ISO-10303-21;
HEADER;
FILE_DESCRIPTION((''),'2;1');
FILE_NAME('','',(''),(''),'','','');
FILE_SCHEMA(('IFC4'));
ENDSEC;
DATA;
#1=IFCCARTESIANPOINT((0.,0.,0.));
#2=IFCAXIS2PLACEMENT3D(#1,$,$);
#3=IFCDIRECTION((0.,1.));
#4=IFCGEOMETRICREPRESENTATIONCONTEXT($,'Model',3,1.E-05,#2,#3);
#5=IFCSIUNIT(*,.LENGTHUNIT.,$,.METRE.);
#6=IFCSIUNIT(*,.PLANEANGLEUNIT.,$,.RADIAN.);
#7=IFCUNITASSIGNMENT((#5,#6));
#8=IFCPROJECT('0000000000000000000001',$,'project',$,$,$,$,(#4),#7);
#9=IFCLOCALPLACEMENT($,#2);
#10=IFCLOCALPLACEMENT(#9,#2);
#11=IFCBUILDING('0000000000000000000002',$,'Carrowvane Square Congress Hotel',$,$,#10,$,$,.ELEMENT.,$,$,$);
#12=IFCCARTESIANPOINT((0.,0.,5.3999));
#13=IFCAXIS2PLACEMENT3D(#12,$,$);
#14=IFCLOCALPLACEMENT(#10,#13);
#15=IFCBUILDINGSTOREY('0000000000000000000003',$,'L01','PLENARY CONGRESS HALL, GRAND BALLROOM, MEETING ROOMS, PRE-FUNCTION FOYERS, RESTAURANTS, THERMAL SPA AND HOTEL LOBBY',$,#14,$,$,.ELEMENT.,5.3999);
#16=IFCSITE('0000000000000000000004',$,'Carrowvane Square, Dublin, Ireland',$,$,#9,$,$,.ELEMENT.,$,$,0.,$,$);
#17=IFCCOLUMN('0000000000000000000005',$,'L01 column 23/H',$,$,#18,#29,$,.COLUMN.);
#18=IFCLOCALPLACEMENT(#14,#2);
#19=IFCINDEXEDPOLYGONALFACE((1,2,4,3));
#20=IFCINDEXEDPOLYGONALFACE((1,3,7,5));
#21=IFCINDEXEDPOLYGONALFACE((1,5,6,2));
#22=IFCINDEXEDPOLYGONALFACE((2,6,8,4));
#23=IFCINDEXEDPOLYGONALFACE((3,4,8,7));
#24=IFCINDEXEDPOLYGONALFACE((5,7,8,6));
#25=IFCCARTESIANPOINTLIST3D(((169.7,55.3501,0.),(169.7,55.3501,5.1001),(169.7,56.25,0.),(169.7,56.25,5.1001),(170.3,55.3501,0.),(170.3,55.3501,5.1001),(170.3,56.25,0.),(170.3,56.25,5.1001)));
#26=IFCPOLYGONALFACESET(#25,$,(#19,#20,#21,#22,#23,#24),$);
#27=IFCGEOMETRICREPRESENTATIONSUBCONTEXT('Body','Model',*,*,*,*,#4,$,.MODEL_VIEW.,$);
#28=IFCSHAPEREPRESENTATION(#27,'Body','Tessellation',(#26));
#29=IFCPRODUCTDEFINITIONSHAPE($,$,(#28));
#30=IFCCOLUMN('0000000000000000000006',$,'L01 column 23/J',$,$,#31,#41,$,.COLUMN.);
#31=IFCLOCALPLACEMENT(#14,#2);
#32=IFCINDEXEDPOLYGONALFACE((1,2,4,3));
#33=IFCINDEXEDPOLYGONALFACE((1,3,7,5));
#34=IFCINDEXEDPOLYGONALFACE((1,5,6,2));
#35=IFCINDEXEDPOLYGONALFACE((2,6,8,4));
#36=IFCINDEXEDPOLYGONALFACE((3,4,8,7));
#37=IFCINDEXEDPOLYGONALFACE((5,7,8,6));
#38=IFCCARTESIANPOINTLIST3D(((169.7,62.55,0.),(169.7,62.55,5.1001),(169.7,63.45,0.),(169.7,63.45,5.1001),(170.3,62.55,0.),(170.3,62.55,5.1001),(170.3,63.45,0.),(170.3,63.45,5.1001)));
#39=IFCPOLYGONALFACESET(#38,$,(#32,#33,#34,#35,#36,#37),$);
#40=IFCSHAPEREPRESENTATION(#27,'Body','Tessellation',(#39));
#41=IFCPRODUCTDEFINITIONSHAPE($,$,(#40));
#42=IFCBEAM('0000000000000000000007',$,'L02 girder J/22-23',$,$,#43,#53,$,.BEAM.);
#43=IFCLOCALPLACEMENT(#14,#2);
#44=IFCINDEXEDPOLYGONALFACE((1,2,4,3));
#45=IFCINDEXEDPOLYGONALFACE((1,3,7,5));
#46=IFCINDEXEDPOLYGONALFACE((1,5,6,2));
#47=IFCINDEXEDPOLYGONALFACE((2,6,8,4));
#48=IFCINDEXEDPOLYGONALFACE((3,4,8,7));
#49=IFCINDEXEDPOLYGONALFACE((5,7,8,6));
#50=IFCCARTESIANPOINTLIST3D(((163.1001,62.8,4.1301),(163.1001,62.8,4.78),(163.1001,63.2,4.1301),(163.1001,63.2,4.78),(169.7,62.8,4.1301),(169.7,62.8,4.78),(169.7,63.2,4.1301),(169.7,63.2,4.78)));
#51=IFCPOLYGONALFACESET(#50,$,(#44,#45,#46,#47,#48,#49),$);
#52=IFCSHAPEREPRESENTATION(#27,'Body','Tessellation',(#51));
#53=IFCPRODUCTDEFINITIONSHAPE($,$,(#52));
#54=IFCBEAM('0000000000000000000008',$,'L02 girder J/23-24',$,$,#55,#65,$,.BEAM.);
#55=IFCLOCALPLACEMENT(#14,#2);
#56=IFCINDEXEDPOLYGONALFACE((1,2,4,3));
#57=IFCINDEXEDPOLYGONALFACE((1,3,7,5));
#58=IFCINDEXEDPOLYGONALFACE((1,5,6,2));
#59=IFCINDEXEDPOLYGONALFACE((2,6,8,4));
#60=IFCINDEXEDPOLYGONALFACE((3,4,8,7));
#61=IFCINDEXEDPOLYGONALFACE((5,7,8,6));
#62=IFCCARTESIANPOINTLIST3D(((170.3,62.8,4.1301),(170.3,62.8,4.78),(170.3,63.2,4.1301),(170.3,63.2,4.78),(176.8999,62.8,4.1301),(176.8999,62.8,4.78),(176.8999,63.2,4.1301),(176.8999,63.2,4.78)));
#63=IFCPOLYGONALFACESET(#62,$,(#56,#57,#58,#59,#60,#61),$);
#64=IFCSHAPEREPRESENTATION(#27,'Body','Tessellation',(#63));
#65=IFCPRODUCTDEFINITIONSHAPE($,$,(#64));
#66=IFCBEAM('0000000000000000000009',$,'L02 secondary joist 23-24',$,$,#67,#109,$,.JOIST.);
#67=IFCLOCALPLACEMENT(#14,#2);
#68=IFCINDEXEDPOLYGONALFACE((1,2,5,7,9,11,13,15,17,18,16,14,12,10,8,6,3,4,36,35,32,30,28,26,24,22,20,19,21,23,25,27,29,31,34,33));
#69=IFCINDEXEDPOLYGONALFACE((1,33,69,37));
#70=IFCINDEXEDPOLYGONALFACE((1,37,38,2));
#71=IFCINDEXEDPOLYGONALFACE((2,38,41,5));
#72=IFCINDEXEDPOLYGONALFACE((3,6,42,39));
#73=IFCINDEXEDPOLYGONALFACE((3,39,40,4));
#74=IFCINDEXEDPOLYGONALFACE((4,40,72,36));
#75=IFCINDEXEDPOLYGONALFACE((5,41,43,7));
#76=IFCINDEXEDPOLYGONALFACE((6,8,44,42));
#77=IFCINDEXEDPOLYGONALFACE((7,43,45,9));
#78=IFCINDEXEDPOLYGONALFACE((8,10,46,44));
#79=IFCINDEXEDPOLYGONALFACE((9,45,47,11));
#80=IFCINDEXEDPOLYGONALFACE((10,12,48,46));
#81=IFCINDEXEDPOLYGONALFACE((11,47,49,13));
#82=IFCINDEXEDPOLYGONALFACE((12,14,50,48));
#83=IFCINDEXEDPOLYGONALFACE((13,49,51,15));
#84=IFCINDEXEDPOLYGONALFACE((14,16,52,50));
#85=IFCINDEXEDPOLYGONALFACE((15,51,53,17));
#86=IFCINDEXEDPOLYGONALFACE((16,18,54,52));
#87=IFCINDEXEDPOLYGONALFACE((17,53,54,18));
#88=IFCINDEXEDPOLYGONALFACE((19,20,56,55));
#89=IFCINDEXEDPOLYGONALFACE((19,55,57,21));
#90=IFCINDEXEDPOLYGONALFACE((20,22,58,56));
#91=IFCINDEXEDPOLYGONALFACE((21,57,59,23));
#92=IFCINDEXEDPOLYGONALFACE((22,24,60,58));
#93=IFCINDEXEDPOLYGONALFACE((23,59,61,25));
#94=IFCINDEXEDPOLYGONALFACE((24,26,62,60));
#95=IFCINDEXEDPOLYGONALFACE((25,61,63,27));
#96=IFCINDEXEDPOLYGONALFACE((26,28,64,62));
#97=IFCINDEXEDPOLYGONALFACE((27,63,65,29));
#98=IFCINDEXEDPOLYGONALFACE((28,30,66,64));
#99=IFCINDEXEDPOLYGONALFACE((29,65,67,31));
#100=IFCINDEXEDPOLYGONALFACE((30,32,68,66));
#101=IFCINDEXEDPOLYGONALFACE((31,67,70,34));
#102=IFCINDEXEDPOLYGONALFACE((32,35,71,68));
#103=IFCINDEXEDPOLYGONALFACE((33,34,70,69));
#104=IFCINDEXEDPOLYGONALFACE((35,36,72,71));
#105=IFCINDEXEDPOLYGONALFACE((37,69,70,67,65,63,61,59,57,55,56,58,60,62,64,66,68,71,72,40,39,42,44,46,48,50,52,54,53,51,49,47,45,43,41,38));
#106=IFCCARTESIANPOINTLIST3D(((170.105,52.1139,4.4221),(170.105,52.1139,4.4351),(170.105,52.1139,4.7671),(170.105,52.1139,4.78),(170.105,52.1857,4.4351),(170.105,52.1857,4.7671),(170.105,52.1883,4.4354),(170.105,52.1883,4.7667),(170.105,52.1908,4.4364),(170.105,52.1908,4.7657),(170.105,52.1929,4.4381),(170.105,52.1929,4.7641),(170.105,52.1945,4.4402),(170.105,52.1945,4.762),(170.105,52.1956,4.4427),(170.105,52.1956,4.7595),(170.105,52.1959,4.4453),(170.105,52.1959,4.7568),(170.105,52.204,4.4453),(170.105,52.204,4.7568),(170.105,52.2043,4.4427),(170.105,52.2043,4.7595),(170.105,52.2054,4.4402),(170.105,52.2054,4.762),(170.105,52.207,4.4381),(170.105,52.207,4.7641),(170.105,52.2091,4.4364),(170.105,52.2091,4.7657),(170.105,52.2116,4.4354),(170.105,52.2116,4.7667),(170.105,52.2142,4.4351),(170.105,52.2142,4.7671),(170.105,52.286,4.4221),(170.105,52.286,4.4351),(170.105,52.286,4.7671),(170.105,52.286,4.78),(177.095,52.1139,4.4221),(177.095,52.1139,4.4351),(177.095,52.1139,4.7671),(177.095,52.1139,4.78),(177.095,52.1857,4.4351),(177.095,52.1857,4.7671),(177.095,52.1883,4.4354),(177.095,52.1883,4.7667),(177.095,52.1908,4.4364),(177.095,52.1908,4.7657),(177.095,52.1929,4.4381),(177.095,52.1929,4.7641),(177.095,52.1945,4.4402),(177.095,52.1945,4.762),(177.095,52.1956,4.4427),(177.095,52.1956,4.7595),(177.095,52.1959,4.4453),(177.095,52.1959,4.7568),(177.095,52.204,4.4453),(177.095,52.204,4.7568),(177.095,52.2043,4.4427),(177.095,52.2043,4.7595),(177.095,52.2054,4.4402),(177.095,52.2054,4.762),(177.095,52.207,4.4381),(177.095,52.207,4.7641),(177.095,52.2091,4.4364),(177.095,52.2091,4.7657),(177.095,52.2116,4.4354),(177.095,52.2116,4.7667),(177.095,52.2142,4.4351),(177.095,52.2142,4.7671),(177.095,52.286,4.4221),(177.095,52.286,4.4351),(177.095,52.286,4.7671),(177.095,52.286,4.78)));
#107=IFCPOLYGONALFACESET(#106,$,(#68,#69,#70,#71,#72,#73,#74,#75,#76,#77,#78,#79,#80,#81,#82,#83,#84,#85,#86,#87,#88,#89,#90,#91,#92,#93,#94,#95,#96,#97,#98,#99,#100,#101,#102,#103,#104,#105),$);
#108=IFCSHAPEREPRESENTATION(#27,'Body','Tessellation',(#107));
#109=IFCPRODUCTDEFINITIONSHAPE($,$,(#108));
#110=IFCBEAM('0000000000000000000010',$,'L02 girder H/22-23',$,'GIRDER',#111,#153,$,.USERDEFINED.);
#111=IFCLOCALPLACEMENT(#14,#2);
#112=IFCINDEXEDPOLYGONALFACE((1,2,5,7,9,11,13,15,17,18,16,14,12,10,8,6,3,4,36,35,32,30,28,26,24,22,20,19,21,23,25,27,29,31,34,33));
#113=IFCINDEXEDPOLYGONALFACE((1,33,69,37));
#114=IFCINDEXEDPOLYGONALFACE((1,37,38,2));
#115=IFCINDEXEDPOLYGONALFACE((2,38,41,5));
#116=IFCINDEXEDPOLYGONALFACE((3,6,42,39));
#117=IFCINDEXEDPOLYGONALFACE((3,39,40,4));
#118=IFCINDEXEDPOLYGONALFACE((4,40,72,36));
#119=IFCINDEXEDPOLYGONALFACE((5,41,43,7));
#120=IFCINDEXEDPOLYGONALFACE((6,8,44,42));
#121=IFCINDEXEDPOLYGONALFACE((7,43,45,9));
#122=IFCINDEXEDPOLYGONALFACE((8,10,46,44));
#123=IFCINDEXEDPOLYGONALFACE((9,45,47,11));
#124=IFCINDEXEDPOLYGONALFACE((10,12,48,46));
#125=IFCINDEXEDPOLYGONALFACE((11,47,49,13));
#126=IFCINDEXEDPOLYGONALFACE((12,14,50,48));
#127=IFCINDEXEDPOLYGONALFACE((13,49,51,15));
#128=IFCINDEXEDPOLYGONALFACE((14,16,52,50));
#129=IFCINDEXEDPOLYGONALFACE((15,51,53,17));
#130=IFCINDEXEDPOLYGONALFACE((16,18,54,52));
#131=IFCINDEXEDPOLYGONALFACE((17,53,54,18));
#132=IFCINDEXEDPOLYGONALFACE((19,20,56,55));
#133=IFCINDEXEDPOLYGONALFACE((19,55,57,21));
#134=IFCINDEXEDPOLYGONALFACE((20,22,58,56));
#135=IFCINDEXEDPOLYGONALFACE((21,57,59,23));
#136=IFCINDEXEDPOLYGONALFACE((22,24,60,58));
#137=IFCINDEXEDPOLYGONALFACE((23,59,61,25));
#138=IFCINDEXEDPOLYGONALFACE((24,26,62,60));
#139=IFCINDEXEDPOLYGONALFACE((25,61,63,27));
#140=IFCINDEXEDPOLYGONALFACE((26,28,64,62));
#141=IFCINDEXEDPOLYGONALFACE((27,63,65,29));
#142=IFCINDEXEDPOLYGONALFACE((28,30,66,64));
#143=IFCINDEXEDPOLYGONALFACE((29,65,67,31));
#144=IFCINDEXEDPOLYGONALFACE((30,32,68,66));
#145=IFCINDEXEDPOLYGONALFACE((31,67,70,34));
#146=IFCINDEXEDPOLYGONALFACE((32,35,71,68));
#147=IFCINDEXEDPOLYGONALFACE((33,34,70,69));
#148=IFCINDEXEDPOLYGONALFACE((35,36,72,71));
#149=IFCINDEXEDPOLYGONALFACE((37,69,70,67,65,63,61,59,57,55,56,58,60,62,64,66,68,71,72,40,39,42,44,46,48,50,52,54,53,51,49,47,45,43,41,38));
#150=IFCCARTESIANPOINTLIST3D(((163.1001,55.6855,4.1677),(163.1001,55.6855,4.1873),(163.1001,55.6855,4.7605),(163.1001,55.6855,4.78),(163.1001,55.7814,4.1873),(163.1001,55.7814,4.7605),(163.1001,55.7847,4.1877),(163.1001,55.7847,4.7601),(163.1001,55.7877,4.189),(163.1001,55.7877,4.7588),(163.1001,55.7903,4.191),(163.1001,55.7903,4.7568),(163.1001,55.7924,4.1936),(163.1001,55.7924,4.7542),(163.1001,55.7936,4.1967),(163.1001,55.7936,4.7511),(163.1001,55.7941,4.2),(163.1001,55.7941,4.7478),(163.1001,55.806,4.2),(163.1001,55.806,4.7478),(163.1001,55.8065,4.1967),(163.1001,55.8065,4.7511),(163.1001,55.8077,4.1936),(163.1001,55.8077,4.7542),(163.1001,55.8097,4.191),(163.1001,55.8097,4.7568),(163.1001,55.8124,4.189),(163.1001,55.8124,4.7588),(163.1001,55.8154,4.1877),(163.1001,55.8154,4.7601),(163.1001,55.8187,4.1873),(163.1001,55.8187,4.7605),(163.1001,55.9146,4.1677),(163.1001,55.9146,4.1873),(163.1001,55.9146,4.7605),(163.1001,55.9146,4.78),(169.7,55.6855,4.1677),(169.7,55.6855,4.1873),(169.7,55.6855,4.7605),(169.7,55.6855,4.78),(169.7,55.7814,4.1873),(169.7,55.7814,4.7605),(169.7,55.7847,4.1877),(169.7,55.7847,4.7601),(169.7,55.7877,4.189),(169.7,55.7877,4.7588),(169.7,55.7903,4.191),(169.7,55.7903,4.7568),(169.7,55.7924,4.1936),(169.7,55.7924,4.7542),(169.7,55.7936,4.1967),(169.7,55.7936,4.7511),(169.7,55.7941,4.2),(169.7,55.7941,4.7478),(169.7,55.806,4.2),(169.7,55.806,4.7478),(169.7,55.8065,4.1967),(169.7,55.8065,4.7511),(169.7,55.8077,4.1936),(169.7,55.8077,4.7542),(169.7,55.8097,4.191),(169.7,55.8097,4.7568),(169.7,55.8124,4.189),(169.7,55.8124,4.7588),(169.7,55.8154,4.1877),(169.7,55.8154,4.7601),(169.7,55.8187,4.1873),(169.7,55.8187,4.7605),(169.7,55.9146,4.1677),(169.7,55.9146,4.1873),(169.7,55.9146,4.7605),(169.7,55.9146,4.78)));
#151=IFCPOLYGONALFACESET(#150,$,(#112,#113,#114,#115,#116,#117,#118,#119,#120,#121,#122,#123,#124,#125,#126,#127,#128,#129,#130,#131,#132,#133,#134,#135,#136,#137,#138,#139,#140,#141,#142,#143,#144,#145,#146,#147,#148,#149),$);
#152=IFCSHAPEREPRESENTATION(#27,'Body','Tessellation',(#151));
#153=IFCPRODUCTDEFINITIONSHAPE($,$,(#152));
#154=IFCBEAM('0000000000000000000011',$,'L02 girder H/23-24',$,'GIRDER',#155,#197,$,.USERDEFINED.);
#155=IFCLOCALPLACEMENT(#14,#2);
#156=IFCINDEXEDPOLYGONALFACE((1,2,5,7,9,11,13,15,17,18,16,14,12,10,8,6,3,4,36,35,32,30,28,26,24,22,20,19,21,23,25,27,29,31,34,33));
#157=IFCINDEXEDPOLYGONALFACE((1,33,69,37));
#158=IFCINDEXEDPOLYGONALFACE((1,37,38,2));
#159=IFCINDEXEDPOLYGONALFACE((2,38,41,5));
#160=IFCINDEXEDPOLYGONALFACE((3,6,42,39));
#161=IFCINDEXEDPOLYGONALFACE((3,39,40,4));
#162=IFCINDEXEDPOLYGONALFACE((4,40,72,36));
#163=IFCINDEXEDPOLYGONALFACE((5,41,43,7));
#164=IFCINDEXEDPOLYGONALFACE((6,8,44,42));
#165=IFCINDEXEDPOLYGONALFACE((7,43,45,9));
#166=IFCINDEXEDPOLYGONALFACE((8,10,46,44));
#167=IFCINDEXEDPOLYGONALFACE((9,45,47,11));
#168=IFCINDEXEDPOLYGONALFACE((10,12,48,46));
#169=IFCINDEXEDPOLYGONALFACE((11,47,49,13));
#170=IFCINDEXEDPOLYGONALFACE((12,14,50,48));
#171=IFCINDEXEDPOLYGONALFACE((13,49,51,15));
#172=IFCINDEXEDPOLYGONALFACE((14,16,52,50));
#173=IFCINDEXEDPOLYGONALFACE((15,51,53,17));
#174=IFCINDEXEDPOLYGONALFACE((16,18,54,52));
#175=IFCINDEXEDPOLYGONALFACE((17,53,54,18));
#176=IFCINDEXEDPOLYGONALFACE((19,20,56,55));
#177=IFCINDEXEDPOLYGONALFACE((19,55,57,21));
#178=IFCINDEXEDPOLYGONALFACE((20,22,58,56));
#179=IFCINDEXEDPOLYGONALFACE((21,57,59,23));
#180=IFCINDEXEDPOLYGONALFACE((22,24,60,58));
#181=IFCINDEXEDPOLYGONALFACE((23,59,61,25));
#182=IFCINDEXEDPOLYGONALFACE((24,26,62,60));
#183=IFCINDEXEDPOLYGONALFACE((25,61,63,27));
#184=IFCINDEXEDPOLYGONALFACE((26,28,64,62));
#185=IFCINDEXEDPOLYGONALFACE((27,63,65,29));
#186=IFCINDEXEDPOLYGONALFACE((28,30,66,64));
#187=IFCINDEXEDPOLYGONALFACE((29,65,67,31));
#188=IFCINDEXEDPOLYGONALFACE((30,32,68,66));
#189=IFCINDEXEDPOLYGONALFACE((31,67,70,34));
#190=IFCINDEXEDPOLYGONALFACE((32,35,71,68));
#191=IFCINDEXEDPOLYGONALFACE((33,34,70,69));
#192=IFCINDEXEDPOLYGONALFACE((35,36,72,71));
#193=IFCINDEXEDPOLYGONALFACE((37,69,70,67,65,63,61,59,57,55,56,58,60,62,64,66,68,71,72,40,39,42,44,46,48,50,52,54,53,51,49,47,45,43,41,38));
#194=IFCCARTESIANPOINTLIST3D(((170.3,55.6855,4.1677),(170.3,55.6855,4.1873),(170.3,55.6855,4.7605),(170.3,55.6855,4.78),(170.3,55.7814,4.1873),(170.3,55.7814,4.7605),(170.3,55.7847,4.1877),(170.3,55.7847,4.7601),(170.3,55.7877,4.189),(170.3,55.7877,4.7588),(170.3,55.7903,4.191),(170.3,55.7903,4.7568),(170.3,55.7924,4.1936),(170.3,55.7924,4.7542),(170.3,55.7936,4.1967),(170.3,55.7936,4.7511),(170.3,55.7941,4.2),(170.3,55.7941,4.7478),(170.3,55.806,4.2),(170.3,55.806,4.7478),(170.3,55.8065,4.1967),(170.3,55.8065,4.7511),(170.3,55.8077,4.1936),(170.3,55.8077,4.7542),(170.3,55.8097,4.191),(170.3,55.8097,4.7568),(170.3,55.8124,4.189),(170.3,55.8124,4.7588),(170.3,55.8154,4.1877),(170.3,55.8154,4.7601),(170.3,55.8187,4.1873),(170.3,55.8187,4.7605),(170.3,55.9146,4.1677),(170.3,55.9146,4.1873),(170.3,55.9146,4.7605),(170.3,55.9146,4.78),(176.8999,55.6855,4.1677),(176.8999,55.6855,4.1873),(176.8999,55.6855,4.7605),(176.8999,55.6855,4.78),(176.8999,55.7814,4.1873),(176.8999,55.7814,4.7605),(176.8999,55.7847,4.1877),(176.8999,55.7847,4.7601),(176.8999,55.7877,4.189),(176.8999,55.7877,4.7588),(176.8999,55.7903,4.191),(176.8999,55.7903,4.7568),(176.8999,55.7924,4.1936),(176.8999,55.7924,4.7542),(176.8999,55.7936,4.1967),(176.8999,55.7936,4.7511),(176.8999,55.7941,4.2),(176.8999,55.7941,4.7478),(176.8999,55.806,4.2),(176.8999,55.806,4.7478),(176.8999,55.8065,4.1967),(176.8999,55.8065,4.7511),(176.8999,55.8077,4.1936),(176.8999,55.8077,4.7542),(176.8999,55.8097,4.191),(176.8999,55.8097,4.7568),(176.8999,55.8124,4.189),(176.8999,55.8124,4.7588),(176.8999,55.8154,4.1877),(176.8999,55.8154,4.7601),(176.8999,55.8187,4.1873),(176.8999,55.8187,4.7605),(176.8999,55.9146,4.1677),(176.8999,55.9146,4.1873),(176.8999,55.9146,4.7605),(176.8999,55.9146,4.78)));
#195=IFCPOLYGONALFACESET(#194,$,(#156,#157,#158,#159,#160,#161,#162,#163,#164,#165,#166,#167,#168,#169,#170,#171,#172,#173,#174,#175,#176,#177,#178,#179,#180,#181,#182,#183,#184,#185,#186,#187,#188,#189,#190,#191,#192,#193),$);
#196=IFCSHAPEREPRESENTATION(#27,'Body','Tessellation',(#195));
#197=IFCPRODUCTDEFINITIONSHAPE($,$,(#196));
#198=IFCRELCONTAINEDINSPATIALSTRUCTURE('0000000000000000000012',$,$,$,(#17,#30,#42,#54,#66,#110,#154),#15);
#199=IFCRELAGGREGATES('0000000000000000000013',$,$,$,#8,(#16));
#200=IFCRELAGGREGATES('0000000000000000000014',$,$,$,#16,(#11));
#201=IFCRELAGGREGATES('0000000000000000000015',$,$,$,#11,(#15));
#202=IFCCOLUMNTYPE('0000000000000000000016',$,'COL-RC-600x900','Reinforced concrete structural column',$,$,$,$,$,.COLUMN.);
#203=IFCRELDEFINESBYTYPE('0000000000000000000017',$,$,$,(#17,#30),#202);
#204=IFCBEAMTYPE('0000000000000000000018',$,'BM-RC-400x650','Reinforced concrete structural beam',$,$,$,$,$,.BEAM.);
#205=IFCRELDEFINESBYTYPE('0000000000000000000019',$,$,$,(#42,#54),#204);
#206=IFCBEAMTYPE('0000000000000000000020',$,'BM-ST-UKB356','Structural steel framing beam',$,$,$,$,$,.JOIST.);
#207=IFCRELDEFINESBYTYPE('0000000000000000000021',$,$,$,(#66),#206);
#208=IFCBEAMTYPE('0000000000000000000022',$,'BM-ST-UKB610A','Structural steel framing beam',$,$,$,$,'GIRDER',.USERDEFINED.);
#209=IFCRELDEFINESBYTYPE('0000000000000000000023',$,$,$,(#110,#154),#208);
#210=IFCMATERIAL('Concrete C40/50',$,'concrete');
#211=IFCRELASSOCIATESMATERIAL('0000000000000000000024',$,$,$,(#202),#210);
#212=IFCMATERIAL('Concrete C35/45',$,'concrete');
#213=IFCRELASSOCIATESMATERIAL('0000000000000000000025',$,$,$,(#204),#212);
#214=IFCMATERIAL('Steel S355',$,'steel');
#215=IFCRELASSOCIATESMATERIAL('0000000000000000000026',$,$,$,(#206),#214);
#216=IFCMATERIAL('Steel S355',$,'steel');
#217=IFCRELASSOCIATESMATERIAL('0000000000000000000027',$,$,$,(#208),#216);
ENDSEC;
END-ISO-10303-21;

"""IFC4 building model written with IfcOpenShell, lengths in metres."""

from ifc_helpers import new_model, si_unit, direction, frame, origin, origin_2d, place, context, subcontext, project, spatial, rectangle, i_section, extrude, material, material_profile, profile_set, type_object, element, save


model = new_model("IFC4")

# Units and contexts
model_context = context("Model", 3, precision=1e-05, world=origin(), true_north=direction((0.0, 1.0)))
body_context = subcontext(model_context, "Body", "Model", "MODEL_VIEW")
ifc_project = project(units=[si_unit("LENGTHUNIT", "METRE"), si_unit("PLANEANGLEUNIT", "RADIAN")], contexts=[model_context])

# Site, building, storey
site_placement = place(None, origin())
site = spatial("IfcSite", under=ifc_project, at=site_placement, Name="Carrowvane Square, Dublin, Ireland", CompositionType="ELEMENT", RefElevation=0.0)
building_placement = place(site_placement, origin())
building = spatial("IfcBuilding", under=site, at=building_placement, Name="Carrowvane Square Congress Hotel", CompositionType="ELEMENT")
storey_placement = place(building_placement, frame((0.0, 0.0, 5.3999)))
storey = spatial("IfcBuildingStorey", under=building, at=storey_placement, Name="L01", Description="PLENARY CONGRESS HALL, GRAND BALLROOM, MEETING ROOMS, PRE-FUNCTION FOYERS, RESTAURANTS, THERMAL SPA AND HOTEL LOBBY", CompositionType="ELEMENT", Elevation=5.3999)

# Columns
ifc_material_1 = material(Name="Concrete C40/50", Category="concrete")
ifc_material_profile_1 = material_profile(ifc_material_1, rectangle(XDim=0.6001, YDim=0.8999, at=origin_2d()), Name="RC 600x900")
ifc_profile_set_1 = profile_set([ifc_material_profile_1], Name="Concrete C40/50")
column_type = type_object("IfcColumnType", Name="COL-RC-600x900", Description="Reinforced concrete structural column", PredefinedType="COLUMN", material=ifc_profile_set_1)
for number, where, z_axis, x_axis, name in (
    (1, (170.0, 55.8, 0.0), (0.0, 0.0, 1.0), (1.0, 0.0, 0.0), "L01 column 23/H"),
    (2, (170.0, 63.0, 0.0), (0.0, 0.0, 1.0), (1.0, 0.0, 0.0), "L01 column 23/J"),
):
    element("IfcColumn", number, at=place(storey_placement, frame(where, z_axis=z_axis, x_axis=x_axis)), inside=storey, type_object=column_type, Name=name, PredefinedType="COLUMN", context=body_context, shape_type="SweptSolid", body=[
        extrude(rectangle(XDim=0.6001, YDim=0.8999, at=origin_2d()), origin(), (0.0, 0.0, 1.0), 5.1001),
    ])

# Beams
ifc_material_2 = material(Name="Concrete C35/45", Category="concrete")
ifc_material_profile_2 = material_profile(ifc_material_2, rectangle(XDim=0.3999, YDim=0.6499, at=origin_2d()), Name="RC 400x650")
ifc_profile_set_2 = profile_set([ifc_material_profile_2], Name="Concrete C35/45")
beam_type_1 = type_object("IfcBeamType", Name="BM-RC-400x650", Description="Reinforced concrete structural beam", PredefinedType="BEAM", material=ifc_profile_set_2)
for number, where, z_axis, x_axis, name in (
    (3, (163.1001, 63.0, 4.4551), (1.0, 0.0, 0.0), (0.0, 1.0, 0.0), "L02 girder J/22-23"),
    (4, (170.3, 63.0, 4.4551), (1.0, 0.0, 0.0), (0.0, 1.0, 0.0), "L02 girder J/23-24"),
):
    element("IfcBeam", number, at=place(storey_placement, frame(where, z_axis=z_axis, x_axis=x_axis)), inside=storey, type_object=beam_type_1, Name=name, PredefinedType="BEAM", context=body_context, shape_type="SweptSolid", body=[
        extrude(rectangle(XDim=0.3999, YDim=0.6499, at=origin_2d()), origin(), (0.0, 0.0, 1.0), 6.5999),
    ])
ifc_material_3 = material(Name="Steel S355", Category="steel")
ifc_material_profile_3 = material_profile(ifc_material_3, i_section(OverallWidth=0.1721, OverallDepth=0.3579, WebThickness=0.0081, FlangeThickness=0.0129, FilletRadius=0.0103, at=origin_2d()), Name="UKB 356x171x57")
ifc_profile_set_3 = profile_set([ifc_material_profile_3], Name="Steel S355")
beam_type_2 = type_object("IfcBeamType", Name="BM-ST-UKB356", Description="Structural steel framing beam", PredefinedType="JOIST", material=ifc_profile_set_3)
beam_placement = place(storey_placement, frame((170.105, 52.2, 4.6011), z_axis=(1.0, 0.0, 0.0), x_axis=(0.0, 1.0, 0.0)))
element("IfcBeam", 5, at=beam_placement, inside=storey, type_object=beam_type_2, Name="L02 secondary joist 23-24", PredefinedType="JOIST", context=body_context, shape_type="SweptSolid", body=[
    extrude(i_section(OverallWidth=0.1721, OverallDepth=0.3579, WebThickness=0.0081, FlangeThickness=0.0129, FilletRadius=0.0103, at=origin_2d()), origin(), (0.0, 0.0, 1.0), 6.99),
])
ifc_material_4 = material(Name="Steel S355", Category="steel")
ifc_material_profile_4 = material_profile(ifc_material_4, i_section(OverallWidth=0.229, OverallDepth=0.6123, WebThickness=0.012, FlangeThickness=0.0195, FilletRadius=0.0127, at=origin_2d()), Name="UKB 610x229x125")
ifc_profile_set_4 = profile_set([ifc_material_profile_4], Name="Steel S355")
beam_type_3 = type_object("IfcBeamType", Name="BM-ST-UKB610A", Description="Structural steel framing beam", ElementType="GIRDER", PredefinedType="USERDEFINED", material=ifc_profile_set_4)
for number, where, z_axis, x_axis, name in (
    (6, (163.1001, 55.8, 4.4739), (1.0, 0.0, 0.0), (0.0, 1.0, 0.0), "L02 girder H/22-23"),
    (7, (170.3, 55.8, 4.4739), (1.0, 0.0, 0.0), (0.0, 1.0, 0.0), "L02 girder H/23-24"),
):
    element("IfcBeam", number, at=place(storey_placement, frame(where, z_axis=z_axis, x_axis=x_axis)), inside=storey, type_object=beam_type_3, Name=name, ObjectType="GIRDER", PredefinedType="USERDEFINED", context=body_context, shape_type="SweptSolid", body=[
        extrude(i_section(OverallWidth=0.229, OverallDepth=0.6123, WebThickness=0.012, FlangeThickness=0.0195, FilletRadius=0.0127, at=origin_2d()), origin(), (0.0, 0.0, 1.0), 6.5999),
    ])

save(model, "model.ifc")
